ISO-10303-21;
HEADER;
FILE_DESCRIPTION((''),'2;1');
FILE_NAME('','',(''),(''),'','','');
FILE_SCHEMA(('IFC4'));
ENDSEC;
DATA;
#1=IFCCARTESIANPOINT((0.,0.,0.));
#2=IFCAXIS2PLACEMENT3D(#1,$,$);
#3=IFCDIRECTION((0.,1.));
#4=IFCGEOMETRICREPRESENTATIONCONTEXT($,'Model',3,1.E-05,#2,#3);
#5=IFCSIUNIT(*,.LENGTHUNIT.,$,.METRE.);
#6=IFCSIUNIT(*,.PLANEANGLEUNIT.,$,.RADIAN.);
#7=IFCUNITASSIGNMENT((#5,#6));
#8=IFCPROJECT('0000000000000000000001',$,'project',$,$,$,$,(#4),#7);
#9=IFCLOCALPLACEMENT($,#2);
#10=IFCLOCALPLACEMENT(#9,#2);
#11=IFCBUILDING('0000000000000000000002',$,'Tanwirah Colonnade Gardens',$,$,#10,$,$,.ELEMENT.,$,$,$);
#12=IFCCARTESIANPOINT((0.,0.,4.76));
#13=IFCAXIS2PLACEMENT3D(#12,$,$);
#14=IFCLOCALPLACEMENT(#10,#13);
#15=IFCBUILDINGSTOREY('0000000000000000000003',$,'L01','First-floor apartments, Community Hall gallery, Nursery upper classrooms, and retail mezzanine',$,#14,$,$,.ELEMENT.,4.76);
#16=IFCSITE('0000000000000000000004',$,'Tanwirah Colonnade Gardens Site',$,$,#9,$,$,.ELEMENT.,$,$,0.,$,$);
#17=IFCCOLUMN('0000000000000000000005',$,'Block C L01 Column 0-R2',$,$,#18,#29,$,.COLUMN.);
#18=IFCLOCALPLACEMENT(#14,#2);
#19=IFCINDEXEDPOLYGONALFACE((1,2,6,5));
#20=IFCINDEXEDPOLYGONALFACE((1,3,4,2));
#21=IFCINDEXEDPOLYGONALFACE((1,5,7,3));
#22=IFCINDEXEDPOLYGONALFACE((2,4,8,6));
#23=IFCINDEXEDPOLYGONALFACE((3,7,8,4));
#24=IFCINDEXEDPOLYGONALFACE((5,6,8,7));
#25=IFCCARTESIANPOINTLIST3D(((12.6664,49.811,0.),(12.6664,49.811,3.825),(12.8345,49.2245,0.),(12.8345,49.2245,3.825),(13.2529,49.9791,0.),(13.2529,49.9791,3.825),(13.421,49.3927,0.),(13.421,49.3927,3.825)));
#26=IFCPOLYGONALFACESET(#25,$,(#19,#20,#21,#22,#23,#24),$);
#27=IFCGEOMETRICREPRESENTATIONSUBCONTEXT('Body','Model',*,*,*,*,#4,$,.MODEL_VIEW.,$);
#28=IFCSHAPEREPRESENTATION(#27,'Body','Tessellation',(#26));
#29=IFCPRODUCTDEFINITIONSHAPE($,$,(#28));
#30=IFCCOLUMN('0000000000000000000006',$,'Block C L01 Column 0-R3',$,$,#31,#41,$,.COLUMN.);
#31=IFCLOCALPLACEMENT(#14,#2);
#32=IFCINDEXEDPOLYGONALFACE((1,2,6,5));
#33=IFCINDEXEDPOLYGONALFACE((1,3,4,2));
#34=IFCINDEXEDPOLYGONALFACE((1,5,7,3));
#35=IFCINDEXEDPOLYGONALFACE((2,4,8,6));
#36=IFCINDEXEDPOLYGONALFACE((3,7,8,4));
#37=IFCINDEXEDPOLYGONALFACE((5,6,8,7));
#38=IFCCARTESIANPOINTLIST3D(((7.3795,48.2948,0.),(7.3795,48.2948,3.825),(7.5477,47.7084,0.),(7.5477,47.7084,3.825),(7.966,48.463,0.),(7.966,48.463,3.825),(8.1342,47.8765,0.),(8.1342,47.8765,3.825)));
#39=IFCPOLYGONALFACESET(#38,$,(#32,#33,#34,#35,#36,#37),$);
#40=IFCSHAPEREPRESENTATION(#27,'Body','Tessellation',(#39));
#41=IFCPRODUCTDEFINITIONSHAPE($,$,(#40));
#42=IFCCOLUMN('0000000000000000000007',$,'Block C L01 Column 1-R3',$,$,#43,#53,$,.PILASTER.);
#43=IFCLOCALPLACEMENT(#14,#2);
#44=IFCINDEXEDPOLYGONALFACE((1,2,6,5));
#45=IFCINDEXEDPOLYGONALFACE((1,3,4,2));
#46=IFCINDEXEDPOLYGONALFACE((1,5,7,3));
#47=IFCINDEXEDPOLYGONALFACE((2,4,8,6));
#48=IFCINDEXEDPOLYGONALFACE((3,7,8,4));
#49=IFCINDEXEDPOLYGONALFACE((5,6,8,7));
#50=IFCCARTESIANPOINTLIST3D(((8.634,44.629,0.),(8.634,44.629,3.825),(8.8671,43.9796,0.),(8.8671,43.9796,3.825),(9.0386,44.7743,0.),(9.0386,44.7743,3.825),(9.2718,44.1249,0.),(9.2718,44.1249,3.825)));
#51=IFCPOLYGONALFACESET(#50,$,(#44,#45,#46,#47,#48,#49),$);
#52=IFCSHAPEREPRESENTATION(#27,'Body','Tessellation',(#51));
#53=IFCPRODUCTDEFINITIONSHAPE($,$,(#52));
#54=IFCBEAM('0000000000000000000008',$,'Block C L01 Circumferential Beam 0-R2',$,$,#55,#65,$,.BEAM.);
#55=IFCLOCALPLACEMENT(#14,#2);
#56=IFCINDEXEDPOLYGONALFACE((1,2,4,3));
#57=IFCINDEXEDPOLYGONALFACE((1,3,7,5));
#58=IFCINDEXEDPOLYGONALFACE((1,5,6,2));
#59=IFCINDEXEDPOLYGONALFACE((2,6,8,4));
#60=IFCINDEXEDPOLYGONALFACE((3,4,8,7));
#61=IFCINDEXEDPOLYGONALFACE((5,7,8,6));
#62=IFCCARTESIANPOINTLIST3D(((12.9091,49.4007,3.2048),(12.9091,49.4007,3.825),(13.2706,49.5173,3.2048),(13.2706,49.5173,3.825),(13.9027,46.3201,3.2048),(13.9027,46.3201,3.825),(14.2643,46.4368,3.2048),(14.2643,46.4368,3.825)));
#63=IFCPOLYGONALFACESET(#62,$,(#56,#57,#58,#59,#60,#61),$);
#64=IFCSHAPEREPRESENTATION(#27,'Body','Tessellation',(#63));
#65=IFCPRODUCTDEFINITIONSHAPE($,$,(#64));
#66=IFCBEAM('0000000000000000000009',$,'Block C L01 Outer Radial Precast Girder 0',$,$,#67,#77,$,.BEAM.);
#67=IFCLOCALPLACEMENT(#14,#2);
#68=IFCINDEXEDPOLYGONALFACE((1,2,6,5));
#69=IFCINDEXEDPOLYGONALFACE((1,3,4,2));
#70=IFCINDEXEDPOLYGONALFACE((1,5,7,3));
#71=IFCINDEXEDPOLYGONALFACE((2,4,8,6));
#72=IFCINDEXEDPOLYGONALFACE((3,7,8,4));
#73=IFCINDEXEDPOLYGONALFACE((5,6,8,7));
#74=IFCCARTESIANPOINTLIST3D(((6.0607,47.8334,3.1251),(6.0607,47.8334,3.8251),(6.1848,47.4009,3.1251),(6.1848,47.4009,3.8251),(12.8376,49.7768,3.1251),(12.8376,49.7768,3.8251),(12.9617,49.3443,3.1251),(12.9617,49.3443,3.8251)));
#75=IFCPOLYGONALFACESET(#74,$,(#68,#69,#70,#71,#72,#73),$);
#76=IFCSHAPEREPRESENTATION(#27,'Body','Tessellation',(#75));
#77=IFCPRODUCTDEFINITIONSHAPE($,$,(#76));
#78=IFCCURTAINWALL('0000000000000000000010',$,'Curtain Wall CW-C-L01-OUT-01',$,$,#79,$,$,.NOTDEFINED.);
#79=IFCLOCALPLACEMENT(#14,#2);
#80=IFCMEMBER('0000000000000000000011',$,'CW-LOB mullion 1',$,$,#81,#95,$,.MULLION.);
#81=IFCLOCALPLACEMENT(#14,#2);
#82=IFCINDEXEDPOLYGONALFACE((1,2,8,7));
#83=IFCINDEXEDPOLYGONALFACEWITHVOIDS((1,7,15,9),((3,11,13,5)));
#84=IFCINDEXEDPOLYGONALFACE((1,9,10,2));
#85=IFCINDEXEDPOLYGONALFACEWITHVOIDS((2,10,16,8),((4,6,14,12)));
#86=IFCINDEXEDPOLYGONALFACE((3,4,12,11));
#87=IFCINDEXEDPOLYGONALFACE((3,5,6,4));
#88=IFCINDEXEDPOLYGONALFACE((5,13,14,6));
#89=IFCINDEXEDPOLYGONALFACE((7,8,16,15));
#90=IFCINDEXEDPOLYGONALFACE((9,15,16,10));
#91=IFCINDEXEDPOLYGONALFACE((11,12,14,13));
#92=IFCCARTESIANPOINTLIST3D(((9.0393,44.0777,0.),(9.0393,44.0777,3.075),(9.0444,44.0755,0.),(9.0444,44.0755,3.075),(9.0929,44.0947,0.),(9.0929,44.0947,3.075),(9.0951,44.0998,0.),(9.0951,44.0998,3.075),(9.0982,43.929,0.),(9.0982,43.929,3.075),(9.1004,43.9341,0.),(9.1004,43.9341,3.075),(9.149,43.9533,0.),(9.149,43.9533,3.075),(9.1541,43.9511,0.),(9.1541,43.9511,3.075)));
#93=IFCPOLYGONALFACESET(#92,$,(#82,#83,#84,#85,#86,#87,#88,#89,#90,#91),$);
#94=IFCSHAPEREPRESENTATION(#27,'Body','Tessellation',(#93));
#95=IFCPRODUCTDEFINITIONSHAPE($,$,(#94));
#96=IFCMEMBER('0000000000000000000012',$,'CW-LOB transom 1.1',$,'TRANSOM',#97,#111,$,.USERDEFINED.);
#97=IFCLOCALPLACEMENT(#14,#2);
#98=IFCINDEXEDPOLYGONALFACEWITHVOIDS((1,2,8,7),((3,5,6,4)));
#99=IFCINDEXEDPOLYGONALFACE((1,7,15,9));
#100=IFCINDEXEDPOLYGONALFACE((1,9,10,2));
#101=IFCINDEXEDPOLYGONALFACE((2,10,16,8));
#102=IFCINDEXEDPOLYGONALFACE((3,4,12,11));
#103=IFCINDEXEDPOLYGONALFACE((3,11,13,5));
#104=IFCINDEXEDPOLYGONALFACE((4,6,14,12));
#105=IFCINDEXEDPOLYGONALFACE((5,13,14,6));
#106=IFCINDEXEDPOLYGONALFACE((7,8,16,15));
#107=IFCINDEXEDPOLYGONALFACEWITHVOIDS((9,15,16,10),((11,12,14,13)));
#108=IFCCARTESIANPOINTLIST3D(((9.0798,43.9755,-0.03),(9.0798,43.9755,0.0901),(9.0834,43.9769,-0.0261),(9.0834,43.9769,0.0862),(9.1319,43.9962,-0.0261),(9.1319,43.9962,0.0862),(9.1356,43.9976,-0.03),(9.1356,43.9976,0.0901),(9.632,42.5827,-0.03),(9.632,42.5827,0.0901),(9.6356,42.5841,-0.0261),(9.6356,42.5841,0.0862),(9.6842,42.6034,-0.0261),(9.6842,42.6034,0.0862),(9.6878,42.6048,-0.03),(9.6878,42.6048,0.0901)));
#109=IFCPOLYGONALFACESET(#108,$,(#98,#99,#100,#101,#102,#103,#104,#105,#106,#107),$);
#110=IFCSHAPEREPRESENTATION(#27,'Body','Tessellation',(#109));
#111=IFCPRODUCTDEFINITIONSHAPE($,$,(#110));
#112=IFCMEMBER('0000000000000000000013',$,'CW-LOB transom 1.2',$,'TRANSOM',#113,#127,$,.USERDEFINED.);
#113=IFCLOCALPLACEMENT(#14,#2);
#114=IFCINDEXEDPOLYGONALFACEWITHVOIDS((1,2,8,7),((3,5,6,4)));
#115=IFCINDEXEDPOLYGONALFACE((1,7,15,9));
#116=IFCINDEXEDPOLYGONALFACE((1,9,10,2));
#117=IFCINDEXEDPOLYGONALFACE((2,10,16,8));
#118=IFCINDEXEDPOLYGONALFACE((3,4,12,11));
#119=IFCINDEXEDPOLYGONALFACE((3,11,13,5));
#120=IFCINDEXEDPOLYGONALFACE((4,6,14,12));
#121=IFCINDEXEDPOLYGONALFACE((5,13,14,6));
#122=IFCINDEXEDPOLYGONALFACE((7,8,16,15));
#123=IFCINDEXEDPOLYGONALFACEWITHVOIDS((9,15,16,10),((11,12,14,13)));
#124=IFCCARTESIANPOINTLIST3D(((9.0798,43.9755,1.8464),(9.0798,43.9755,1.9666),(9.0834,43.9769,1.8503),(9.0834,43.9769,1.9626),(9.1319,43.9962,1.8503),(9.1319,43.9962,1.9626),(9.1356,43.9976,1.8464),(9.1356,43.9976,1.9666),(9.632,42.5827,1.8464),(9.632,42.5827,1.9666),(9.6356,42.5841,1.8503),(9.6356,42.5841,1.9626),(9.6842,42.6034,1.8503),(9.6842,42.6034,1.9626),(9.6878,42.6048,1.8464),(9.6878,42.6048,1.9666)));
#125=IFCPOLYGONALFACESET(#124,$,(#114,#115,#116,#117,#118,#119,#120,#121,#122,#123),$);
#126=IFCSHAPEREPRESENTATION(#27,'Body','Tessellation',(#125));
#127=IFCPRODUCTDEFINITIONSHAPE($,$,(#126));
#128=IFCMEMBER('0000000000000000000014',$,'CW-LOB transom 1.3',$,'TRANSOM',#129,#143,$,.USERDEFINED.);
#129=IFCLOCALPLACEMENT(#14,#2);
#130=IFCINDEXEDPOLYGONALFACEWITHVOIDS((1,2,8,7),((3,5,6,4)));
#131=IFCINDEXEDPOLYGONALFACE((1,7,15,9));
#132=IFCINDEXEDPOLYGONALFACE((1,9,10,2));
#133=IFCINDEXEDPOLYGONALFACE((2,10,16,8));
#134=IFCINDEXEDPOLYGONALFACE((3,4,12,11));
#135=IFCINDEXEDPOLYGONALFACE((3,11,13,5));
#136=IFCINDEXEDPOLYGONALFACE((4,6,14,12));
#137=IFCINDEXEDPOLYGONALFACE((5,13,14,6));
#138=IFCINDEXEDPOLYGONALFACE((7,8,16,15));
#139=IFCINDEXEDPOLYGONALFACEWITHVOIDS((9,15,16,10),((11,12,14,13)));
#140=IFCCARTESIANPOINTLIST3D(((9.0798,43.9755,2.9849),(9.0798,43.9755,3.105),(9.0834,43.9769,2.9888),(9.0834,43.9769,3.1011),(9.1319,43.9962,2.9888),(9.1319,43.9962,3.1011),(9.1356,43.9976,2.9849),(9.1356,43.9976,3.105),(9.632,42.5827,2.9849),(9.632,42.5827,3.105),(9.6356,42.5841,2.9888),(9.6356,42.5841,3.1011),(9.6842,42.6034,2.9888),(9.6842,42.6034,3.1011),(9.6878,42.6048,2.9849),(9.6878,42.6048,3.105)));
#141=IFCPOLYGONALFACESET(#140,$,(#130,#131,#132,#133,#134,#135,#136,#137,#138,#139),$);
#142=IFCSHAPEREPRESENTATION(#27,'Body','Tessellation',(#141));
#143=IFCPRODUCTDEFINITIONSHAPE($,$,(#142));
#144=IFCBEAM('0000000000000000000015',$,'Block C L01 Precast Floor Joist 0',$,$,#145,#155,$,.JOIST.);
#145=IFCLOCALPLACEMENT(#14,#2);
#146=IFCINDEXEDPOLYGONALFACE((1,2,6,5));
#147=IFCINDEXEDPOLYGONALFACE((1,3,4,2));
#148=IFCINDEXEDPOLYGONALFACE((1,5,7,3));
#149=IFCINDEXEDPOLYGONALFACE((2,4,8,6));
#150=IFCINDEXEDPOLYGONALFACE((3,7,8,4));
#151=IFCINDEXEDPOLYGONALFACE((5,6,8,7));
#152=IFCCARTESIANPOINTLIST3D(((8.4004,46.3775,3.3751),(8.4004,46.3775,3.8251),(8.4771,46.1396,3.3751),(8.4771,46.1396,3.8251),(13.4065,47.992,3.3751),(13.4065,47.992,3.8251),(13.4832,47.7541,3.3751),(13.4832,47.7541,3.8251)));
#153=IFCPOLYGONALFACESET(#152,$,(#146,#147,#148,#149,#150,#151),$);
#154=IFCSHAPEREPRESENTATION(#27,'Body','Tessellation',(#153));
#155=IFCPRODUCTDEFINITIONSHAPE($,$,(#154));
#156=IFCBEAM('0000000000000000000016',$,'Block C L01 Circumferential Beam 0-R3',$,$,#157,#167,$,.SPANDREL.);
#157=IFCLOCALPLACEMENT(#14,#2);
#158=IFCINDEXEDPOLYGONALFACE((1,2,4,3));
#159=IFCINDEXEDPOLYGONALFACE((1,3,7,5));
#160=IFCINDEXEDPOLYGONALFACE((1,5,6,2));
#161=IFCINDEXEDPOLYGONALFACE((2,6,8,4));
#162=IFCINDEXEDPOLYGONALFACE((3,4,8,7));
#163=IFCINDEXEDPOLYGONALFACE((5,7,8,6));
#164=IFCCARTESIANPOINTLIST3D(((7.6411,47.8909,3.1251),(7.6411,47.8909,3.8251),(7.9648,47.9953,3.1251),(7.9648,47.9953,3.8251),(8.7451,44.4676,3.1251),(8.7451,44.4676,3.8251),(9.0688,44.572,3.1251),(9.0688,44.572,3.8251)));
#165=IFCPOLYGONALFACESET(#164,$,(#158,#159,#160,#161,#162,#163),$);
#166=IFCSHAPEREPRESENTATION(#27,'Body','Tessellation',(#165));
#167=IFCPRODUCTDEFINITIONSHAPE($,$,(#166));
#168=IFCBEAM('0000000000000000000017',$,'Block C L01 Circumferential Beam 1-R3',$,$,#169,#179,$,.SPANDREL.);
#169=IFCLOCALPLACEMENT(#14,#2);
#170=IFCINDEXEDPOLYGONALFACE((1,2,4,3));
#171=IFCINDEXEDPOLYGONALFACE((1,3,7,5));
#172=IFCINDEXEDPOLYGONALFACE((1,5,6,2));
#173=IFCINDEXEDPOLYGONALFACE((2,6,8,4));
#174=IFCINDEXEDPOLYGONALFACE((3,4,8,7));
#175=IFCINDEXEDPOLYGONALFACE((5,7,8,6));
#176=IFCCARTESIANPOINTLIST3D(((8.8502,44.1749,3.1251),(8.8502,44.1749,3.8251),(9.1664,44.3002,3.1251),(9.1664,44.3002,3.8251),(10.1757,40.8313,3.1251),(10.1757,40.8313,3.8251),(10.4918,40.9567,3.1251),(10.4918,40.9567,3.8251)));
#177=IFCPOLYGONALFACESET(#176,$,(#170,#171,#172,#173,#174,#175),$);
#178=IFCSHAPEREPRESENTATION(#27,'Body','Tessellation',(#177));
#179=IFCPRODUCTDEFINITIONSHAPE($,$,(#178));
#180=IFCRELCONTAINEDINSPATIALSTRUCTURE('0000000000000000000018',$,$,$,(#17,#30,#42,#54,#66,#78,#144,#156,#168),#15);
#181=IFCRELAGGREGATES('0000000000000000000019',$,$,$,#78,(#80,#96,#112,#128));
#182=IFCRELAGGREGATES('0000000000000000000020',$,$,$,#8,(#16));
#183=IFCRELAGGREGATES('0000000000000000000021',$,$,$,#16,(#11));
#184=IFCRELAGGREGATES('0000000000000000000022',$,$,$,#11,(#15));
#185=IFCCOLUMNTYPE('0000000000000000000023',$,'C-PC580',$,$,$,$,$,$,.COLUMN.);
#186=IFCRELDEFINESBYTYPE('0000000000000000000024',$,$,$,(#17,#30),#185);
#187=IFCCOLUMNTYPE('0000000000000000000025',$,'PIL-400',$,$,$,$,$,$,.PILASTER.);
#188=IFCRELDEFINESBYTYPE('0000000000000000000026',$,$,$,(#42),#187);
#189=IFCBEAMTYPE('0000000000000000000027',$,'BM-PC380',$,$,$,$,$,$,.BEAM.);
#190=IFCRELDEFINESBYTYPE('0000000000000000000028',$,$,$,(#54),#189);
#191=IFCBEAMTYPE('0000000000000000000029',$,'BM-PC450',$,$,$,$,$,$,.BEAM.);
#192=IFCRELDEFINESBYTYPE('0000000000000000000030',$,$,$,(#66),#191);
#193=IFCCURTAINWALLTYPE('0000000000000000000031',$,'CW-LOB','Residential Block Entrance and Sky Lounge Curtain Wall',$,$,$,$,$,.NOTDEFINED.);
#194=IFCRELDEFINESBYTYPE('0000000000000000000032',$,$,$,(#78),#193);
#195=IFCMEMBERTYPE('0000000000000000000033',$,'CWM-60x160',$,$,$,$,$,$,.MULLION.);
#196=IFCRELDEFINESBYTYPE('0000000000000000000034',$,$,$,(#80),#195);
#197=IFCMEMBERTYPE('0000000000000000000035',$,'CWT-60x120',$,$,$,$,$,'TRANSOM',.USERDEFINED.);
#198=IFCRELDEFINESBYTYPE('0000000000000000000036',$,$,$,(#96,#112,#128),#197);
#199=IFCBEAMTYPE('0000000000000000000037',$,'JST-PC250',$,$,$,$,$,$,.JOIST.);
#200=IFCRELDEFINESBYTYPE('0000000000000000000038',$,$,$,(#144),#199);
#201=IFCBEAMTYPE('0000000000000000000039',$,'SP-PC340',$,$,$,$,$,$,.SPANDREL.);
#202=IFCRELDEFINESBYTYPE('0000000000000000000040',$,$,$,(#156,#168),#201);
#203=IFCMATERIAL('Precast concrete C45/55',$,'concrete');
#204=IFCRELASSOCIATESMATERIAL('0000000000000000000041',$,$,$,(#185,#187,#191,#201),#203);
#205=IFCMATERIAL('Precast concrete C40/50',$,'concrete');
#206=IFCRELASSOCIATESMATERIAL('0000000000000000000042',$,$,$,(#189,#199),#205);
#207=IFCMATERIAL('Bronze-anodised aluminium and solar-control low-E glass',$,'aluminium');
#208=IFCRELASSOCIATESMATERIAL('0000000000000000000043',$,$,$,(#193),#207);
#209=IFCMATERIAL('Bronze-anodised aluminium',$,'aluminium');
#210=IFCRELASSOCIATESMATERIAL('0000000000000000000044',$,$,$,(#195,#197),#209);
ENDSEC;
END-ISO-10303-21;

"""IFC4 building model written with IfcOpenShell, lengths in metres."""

from ifc_helpers import new_model, si_unit, direction, frame, origin, origin_2d, place, context, subcontext, project, spatial, rectangle, hollow_rectangle, extrude, material, material_profile, profile_set, type_object, element, aggregate, save


model = new_model("IFC4")

# Units and contexts
model_context = context("Model", 3, precision=1e-05, world=origin(), true_north=direction((0.0, 1.0)))
body_context = subcontext(model_context, "Body", "Model", "MODEL_VIEW")
ifc_project = project(units=[si_unit("LENGTHUNIT", "METRE"), si_unit("PLANEANGLEUNIT", "RADIAN")], contexts=[model_context])

# Site, building, storey
site_placement = place(None, origin())
site = spatial("IfcSite", under=ifc_project, at=site_placement, Name="Tanwirah Colonnade Gardens Site", CompositionType="ELEMENT", RefElevation=0.0)
building_placement = place(site_placement, origin())
building = spatial("IfcBuilding", under=site, at=building_placement, Name="Tanwirah Colonnade Gardens", CompositionType="ELEMENT")
storey_placement = place(building_placement, frame((0.0, 0.0, 4.76)))
storey = spatial("IfcBuildingStorey", under=building, at=storey_placement, Name="L01", Description="First-floor apartments, Community Hall gallery, Nursery upper classrooms, and retail mezzanine", CompositionType="ELEMENT", Elevation=4.76)

# Columns
ifc_material_1 = material(Name="Precast concrete C45/55", Category="concrete")
ifc_material_profile_1 = material_profile(ifc_material_1, rectangle(XDim=0.6101, YDim=0.6101, at=origin_2d()), Name="PC-COL 610x610")
ifc_profile_set_1 = profile_set([ifc_material_profile_1], Name="Precast concrete C45/55")
column_type_1 = type_object("IfcColumnType", Name="C-PC580", PredefinedType="COLUMN", material=ifc_profile_set_1)
for number, where, z_axis, x_axis, name in (
    (1, (13.0437, 49.6018, 0.0), (0.0, 0.0, 1.0), (-0.961262, -0.275637, 0.0), "Block C L01 Column 0-R2"),
    (2, (7.7568, 48.0857, 0.0), (0.0, 0.0, 1.0), (-0.961262, -0.275637, 0.0), "Block C L01 Column 0-R3"),
):
    element("IfcColumn", number, at=place(storey_placement, frame(where, z_axis=z_axis, x_axis=x_axis)), inside=storey, type_object=column_type_1, Name=name, PredefinedType="COLUMN", context=body_context, shape_type="SweptSolid", body=[
        extrude(rectangle(XDim=0.6101, YDim=0.6101, at=origin_2d()), origin(), (0.0, 0.0, 1.0), 3.825),
    ])
ifc_material_profile_2 = material_profile(ifc_material_1, rectangle(XDim=0.4299, YDim=0.6899, at=origin_2d()), Name="PC-PIL 430x690")
ifc_profile_set_2 = profile_set([ifc_material_profile_2], Name="Precast concrete C45/55")
column_type_2 = type_object("IfcColumnType", Name="PIL-400", PredefinedType="PILASTER", material=ifc_profile_set_2)
column_placement = place(storey_placement, frame((8.9529, 44.377, 0.0), z_axis=(0.0, 0.0, 1.0), x_axis=(-0.941176, -0.337917, 0.0)))
element("IfcColumn", 3, at=column_placement, inside=storey, type_object=column_type_2, Name="Block C L01 Column 1-R3", PredefinedType="PILASTER", context=body_context, shape_type="SweptSolid", body=[
    extrude(rectangle(XDim=0.4299, YDim=0.6899, at=origin_2d()), origin(), (0.0, 0.0, 1.0), 3.825),
])

# Beams
ifc_material_2 = material(Name="Precast concrete C40/50", Category="concrete")
ifc_material_profile_3 = material_profile(ifc_material_2, rectangle(XDim=0.3799, YDim=0.6201, at=origin_2d()), Name="PC-BM 380x620")
ifc_profile_set_3 = profile_set([ifc_material_profile_3], Name="Precast concrete C40/50")
beam_type_1 = type_object("IfcBeamType", Name="BM-PC380", PredefinedType="BEAM", material=ifc_profile_set_3)
beam_1_placement = place(storey_placement, frame((13.0898, 49.459, 3.5149), z_axis=(0.306981, -0.951716, 0.0), x_axis=(0.951716, 0.306981, 0.0)))
element("IfcBeam", 4, at=beam_1_placement, inside=storey, type_object=beam_type_1, Name="Block C L01 Circumferential Beam 0-R2", PredefinedType="BEAM", context=body_context, shape_type="SweptSolid", body=[
    extrude(rectangle(XDim=0.3799, YDim=0.6201, at=origin_2d()), origin(), (0.0, 0.0, 1.0), 3.2368),
])
ifc_material_profile_4 = material_profile(ifc_material_1, rectangle(XDim=0.45, YDim=0.7, at=origin_2d()), Name="PC-BM 450x700")
ifc_profile_set_4 = profile_set([ifc_material_profile_4], Name="Precast concrete C45/55")
beam_type_2 = type_object("IfcBeamType", Name="BM-PC450", PredefinedType="BEAM", material=ifc_profile_set_4)
beam_2_placement = place(storey_placement, frame((12.8997, 49.5605, 3.4751), z_axis=(-0.961257, -0.275654, 0.0), x_axis=(0.275654, -0.961257, 0.0)))
element("IfcBeam", 5, at=beam_2_placement, inside=storey, type_object=beam_type_2, Name="Block C L01 Outer Radial Precast Girder 0", PredefinedType="BEAM", context=body_context, shape_type="SweptSolid", body=[
    extrude(rectangle(XDim=0.45, YDim=0.7, at=origin_2d()), origin(), (0.0, 0.0, 1.0), 7.05),
])

# Curtain wall, members
ifc_material_3 = material(Name="Bronze-anodised aluminium and solar-control low-E glass", Category="aluminium")
curtain_wall_type = type_object("IfcCurtainWallType", Name="CW-LOB", Description="Residential Block Entrance and Sky Lounge Curtain Wall", PredefinedType="NOTDEFINED", material=ifc_material_3)
curtain_wall_placement = place(storey_placement, origin())
curtain_wall = element("IfcCurtainWall", 6, at=curtain_wall_placement, inside=storey, type_object=curtain_wall_type, Name="Curtain Wall CW-C-L01-OUT-01", PredefinedType="NOTDEFINED")
ifc_material_4 = material(Name="Bronze-anodised aluminium", Category="aluminium")
ifc_material_profile_5 = material_profile(ifc_material_4, hollow_rectangle(XDim=0.0601, YDim=0.1599, WallThickness=0.0039, at=origin_2d()), Name="CW-MUL 60x160x4")
ifc_profile_set_5 = profile_set([ifc_material_profile_5], Name="Bronze-anodised aluminium")
member_type_1 = type_object("IfcMemberType", Name="CWM-60x160", PredefinedType="MULLION", material=ifc_profile_set_5)
member_1_placement = place(storey_placement, frame((9.0967, 44.0144, 0.0), z_axis=(0.0, 0.0, 1.0), x_axis=(0.929616, 0.368529, 0.0)))
member_1 = element("IfcMember", 7, at=member_1_placement, type_object=member_type_1, Name="CW-LOB mullion 1", PredefinedType="MULLION", context=body_context, shape_type="SweptSolid", body=[
    extrude(hollow_rectangle(XDim=0.0601, YDim=0.1599, WallThickness=0.0039, at=origin_2d()), origin(), (0.0, 0.0, 1.0), 3.075),
])
ifc_material_profile_6 = material_profile(ifc_material_4, hollow_rectangle(XDim=0.0601, YDim=0.1201, WallThickness=0.0039, at=origin_2d()), Name="CW-TRN 60x120x4")
ifc_profile_set_6 = profile_set([ifc_material_profile_6], Name="Bronze-anodised aluminium")
member_type_2 = type_object("IfcMemberType", Name="CWT-60x120", ElementType="TRANSOM", PredefinedType="USERDEFINED", material=ifc_profile_set_6)
member_2_placement = place(storey_placement, frame((9.1077, 43.9866, 0.03), z_axis=(0.36858, -0.929596, 0.0), x_axis=(0.929596, 0.36858, 0.0)))
member_2 = element("IfcMember", 8, at=member_2_placement, type_object=member_type_2, Name="CW-LOB transom 1.1", ObjectType="TRANSOM", PredefinedType="USERDEFINED", context=body_context, shape_type="SweptSolid", body=[
    extrude(hollow_rectangle(XDim=0.0601, YDim=0.1201, WallThickness=0.0039, at=origin_2d()), origin(), (0.0, 0.0, 1.0), 1.4983),
])
member_3_placement = place(storey_placement, frame((9.1077, 43.9866, 1.9065), z_axis=(0.36858, -0.929596, 0.0), x_axis=(0.929596, 0.36858, 0.0)))
member_3 = element("IfcMember", 9, at=member_3_placement, type_object=member_type_2, Name="CW-LOB transom 1.2", ObjectType="TRANSOM", PredefinedType="USERDEFINED", context=body_context, shape_type="SweptSolid", body=[
    extrude(hollow_rectangle(XDim=0.0601, YDim=0.1201, WallThickness=0.0039, at=origin_2d()), origin(), (0.0, 0.0, 1.0), 1.4983),
])
member_4_placement = place(storey_placement, frame((9.1077, 43.9866, 3.0449), z_axis=(0.36858, -0.929596, 0.0), x_axis=(0.929596, 0.36858, 0.0)))
member_4 = element("IfcMember", 10, at=member_4_placement, type_object=member_type_2, Name="CW-LOB transom 1.3", ObjectType="TRANSOM", PredefinedType="USERDEFINED", context=body_context, shape_type="SweptSolid", body=[
    extrude(hollow_rectangle(XDim=0.0601, YDim=0.1201, WallThickness=0.0039, at=origin_2d()), origin(), (0.0, 0.0, 1.0), 1.4983),
])
aggregate(curtain_wall, [member_1, member_2, member_3, member_4])

# Beams
ifc_material_profile_7 = material_profile(ifc_material_2, rectangle(XDim=0.25, YDim=0.45, at=origin_2d()), Name="PC-JST 250x450")
ifc_profile_set_7 = profile_set([ifc_material_profile_7], Name="Precast concrete C40/50")
beam_type_3 = type_object("IfcBeamType", Name="JST-PC250", PredefinedType="JOIST", material=ifc_profile_set_7)
beam_3_placement = place(storey_placement, frame((13.4448, 47.873, 3.6001), z_axis=(-0.951729, -0.306939, 0.0), x_axis=(0.306939, -0.951729, 0.0)))
element("IfcBeam", 11, at=beam_3_placement, inside=storey, type_object=beam_type_3, Name="Block C L01 Precast Floor Joist 0", PredefinedType="JOIST", context=body_context, shape_type="SweptSolid", body=[
    extrude(rectangle(XDim=0.25, YDim=0.45, at=origin_2d()), origin(), (0.0, 0.0, 1.0), 5.26),
])
ifc_material_profile_8 = material_profile(ifc_material_1, rectangle(XDim=0.3401, YDim=0.7, at=origin_2d()), Name="PC-SP 340x700")
ifc_profile_set_8 = profile_set([ifc_material_profile_8], Name="Precast concrete C45/55")
beam_type_4 = type_object("IfcBeamType", Name="SP-PC340", PredefinedType="SPANDREL", material=ifc_profile_set_8)
beam_4_placement = place(storey_placement, frame((7.803, 47.9431, 3.4751), z_axis=(0.306927, -0.951733, 0.0), x_axis=(0.951733, 0.306927, 0.0)))
element("IfcBeam", 12, at=beam_4_placement, inside=storey, type_object=beam_type_4, Name="Block C L01 Circumferential Beam 0-R3", PredefinedType="SPANDREL", context=body_context, shape_type="SweptSolid", body=[
    extrude(rectangle(XDim=0.3401, YDim=0.7, at=origin_2d()), origin(), (0.0, 0.0, 1.0), 3.5969),
])
beam_5_placement = place(storey_placement, frame((9.0083, 44.2375, 3.4751), z_axis=(0.368522, -0.929619, 0.0), x_axis=(0.929619, 0.368522, 0.0)))
element("IfcBeam", 13, at=beam_5_placement, inside=storey, type_object=beam_type_4, Name="Block C L01 Circumferential Beam 1-R3", PredefinedType="SPANDREL", context=body_context, shape_type="SweptSolid", body=[
    extrude(rectangle(XDim=0.3401, YDim=0.7, at=origin_2d()), origin(), (0.0, 0.0, 1.0), 3.5967),
])

save(model, "model.ifc")
